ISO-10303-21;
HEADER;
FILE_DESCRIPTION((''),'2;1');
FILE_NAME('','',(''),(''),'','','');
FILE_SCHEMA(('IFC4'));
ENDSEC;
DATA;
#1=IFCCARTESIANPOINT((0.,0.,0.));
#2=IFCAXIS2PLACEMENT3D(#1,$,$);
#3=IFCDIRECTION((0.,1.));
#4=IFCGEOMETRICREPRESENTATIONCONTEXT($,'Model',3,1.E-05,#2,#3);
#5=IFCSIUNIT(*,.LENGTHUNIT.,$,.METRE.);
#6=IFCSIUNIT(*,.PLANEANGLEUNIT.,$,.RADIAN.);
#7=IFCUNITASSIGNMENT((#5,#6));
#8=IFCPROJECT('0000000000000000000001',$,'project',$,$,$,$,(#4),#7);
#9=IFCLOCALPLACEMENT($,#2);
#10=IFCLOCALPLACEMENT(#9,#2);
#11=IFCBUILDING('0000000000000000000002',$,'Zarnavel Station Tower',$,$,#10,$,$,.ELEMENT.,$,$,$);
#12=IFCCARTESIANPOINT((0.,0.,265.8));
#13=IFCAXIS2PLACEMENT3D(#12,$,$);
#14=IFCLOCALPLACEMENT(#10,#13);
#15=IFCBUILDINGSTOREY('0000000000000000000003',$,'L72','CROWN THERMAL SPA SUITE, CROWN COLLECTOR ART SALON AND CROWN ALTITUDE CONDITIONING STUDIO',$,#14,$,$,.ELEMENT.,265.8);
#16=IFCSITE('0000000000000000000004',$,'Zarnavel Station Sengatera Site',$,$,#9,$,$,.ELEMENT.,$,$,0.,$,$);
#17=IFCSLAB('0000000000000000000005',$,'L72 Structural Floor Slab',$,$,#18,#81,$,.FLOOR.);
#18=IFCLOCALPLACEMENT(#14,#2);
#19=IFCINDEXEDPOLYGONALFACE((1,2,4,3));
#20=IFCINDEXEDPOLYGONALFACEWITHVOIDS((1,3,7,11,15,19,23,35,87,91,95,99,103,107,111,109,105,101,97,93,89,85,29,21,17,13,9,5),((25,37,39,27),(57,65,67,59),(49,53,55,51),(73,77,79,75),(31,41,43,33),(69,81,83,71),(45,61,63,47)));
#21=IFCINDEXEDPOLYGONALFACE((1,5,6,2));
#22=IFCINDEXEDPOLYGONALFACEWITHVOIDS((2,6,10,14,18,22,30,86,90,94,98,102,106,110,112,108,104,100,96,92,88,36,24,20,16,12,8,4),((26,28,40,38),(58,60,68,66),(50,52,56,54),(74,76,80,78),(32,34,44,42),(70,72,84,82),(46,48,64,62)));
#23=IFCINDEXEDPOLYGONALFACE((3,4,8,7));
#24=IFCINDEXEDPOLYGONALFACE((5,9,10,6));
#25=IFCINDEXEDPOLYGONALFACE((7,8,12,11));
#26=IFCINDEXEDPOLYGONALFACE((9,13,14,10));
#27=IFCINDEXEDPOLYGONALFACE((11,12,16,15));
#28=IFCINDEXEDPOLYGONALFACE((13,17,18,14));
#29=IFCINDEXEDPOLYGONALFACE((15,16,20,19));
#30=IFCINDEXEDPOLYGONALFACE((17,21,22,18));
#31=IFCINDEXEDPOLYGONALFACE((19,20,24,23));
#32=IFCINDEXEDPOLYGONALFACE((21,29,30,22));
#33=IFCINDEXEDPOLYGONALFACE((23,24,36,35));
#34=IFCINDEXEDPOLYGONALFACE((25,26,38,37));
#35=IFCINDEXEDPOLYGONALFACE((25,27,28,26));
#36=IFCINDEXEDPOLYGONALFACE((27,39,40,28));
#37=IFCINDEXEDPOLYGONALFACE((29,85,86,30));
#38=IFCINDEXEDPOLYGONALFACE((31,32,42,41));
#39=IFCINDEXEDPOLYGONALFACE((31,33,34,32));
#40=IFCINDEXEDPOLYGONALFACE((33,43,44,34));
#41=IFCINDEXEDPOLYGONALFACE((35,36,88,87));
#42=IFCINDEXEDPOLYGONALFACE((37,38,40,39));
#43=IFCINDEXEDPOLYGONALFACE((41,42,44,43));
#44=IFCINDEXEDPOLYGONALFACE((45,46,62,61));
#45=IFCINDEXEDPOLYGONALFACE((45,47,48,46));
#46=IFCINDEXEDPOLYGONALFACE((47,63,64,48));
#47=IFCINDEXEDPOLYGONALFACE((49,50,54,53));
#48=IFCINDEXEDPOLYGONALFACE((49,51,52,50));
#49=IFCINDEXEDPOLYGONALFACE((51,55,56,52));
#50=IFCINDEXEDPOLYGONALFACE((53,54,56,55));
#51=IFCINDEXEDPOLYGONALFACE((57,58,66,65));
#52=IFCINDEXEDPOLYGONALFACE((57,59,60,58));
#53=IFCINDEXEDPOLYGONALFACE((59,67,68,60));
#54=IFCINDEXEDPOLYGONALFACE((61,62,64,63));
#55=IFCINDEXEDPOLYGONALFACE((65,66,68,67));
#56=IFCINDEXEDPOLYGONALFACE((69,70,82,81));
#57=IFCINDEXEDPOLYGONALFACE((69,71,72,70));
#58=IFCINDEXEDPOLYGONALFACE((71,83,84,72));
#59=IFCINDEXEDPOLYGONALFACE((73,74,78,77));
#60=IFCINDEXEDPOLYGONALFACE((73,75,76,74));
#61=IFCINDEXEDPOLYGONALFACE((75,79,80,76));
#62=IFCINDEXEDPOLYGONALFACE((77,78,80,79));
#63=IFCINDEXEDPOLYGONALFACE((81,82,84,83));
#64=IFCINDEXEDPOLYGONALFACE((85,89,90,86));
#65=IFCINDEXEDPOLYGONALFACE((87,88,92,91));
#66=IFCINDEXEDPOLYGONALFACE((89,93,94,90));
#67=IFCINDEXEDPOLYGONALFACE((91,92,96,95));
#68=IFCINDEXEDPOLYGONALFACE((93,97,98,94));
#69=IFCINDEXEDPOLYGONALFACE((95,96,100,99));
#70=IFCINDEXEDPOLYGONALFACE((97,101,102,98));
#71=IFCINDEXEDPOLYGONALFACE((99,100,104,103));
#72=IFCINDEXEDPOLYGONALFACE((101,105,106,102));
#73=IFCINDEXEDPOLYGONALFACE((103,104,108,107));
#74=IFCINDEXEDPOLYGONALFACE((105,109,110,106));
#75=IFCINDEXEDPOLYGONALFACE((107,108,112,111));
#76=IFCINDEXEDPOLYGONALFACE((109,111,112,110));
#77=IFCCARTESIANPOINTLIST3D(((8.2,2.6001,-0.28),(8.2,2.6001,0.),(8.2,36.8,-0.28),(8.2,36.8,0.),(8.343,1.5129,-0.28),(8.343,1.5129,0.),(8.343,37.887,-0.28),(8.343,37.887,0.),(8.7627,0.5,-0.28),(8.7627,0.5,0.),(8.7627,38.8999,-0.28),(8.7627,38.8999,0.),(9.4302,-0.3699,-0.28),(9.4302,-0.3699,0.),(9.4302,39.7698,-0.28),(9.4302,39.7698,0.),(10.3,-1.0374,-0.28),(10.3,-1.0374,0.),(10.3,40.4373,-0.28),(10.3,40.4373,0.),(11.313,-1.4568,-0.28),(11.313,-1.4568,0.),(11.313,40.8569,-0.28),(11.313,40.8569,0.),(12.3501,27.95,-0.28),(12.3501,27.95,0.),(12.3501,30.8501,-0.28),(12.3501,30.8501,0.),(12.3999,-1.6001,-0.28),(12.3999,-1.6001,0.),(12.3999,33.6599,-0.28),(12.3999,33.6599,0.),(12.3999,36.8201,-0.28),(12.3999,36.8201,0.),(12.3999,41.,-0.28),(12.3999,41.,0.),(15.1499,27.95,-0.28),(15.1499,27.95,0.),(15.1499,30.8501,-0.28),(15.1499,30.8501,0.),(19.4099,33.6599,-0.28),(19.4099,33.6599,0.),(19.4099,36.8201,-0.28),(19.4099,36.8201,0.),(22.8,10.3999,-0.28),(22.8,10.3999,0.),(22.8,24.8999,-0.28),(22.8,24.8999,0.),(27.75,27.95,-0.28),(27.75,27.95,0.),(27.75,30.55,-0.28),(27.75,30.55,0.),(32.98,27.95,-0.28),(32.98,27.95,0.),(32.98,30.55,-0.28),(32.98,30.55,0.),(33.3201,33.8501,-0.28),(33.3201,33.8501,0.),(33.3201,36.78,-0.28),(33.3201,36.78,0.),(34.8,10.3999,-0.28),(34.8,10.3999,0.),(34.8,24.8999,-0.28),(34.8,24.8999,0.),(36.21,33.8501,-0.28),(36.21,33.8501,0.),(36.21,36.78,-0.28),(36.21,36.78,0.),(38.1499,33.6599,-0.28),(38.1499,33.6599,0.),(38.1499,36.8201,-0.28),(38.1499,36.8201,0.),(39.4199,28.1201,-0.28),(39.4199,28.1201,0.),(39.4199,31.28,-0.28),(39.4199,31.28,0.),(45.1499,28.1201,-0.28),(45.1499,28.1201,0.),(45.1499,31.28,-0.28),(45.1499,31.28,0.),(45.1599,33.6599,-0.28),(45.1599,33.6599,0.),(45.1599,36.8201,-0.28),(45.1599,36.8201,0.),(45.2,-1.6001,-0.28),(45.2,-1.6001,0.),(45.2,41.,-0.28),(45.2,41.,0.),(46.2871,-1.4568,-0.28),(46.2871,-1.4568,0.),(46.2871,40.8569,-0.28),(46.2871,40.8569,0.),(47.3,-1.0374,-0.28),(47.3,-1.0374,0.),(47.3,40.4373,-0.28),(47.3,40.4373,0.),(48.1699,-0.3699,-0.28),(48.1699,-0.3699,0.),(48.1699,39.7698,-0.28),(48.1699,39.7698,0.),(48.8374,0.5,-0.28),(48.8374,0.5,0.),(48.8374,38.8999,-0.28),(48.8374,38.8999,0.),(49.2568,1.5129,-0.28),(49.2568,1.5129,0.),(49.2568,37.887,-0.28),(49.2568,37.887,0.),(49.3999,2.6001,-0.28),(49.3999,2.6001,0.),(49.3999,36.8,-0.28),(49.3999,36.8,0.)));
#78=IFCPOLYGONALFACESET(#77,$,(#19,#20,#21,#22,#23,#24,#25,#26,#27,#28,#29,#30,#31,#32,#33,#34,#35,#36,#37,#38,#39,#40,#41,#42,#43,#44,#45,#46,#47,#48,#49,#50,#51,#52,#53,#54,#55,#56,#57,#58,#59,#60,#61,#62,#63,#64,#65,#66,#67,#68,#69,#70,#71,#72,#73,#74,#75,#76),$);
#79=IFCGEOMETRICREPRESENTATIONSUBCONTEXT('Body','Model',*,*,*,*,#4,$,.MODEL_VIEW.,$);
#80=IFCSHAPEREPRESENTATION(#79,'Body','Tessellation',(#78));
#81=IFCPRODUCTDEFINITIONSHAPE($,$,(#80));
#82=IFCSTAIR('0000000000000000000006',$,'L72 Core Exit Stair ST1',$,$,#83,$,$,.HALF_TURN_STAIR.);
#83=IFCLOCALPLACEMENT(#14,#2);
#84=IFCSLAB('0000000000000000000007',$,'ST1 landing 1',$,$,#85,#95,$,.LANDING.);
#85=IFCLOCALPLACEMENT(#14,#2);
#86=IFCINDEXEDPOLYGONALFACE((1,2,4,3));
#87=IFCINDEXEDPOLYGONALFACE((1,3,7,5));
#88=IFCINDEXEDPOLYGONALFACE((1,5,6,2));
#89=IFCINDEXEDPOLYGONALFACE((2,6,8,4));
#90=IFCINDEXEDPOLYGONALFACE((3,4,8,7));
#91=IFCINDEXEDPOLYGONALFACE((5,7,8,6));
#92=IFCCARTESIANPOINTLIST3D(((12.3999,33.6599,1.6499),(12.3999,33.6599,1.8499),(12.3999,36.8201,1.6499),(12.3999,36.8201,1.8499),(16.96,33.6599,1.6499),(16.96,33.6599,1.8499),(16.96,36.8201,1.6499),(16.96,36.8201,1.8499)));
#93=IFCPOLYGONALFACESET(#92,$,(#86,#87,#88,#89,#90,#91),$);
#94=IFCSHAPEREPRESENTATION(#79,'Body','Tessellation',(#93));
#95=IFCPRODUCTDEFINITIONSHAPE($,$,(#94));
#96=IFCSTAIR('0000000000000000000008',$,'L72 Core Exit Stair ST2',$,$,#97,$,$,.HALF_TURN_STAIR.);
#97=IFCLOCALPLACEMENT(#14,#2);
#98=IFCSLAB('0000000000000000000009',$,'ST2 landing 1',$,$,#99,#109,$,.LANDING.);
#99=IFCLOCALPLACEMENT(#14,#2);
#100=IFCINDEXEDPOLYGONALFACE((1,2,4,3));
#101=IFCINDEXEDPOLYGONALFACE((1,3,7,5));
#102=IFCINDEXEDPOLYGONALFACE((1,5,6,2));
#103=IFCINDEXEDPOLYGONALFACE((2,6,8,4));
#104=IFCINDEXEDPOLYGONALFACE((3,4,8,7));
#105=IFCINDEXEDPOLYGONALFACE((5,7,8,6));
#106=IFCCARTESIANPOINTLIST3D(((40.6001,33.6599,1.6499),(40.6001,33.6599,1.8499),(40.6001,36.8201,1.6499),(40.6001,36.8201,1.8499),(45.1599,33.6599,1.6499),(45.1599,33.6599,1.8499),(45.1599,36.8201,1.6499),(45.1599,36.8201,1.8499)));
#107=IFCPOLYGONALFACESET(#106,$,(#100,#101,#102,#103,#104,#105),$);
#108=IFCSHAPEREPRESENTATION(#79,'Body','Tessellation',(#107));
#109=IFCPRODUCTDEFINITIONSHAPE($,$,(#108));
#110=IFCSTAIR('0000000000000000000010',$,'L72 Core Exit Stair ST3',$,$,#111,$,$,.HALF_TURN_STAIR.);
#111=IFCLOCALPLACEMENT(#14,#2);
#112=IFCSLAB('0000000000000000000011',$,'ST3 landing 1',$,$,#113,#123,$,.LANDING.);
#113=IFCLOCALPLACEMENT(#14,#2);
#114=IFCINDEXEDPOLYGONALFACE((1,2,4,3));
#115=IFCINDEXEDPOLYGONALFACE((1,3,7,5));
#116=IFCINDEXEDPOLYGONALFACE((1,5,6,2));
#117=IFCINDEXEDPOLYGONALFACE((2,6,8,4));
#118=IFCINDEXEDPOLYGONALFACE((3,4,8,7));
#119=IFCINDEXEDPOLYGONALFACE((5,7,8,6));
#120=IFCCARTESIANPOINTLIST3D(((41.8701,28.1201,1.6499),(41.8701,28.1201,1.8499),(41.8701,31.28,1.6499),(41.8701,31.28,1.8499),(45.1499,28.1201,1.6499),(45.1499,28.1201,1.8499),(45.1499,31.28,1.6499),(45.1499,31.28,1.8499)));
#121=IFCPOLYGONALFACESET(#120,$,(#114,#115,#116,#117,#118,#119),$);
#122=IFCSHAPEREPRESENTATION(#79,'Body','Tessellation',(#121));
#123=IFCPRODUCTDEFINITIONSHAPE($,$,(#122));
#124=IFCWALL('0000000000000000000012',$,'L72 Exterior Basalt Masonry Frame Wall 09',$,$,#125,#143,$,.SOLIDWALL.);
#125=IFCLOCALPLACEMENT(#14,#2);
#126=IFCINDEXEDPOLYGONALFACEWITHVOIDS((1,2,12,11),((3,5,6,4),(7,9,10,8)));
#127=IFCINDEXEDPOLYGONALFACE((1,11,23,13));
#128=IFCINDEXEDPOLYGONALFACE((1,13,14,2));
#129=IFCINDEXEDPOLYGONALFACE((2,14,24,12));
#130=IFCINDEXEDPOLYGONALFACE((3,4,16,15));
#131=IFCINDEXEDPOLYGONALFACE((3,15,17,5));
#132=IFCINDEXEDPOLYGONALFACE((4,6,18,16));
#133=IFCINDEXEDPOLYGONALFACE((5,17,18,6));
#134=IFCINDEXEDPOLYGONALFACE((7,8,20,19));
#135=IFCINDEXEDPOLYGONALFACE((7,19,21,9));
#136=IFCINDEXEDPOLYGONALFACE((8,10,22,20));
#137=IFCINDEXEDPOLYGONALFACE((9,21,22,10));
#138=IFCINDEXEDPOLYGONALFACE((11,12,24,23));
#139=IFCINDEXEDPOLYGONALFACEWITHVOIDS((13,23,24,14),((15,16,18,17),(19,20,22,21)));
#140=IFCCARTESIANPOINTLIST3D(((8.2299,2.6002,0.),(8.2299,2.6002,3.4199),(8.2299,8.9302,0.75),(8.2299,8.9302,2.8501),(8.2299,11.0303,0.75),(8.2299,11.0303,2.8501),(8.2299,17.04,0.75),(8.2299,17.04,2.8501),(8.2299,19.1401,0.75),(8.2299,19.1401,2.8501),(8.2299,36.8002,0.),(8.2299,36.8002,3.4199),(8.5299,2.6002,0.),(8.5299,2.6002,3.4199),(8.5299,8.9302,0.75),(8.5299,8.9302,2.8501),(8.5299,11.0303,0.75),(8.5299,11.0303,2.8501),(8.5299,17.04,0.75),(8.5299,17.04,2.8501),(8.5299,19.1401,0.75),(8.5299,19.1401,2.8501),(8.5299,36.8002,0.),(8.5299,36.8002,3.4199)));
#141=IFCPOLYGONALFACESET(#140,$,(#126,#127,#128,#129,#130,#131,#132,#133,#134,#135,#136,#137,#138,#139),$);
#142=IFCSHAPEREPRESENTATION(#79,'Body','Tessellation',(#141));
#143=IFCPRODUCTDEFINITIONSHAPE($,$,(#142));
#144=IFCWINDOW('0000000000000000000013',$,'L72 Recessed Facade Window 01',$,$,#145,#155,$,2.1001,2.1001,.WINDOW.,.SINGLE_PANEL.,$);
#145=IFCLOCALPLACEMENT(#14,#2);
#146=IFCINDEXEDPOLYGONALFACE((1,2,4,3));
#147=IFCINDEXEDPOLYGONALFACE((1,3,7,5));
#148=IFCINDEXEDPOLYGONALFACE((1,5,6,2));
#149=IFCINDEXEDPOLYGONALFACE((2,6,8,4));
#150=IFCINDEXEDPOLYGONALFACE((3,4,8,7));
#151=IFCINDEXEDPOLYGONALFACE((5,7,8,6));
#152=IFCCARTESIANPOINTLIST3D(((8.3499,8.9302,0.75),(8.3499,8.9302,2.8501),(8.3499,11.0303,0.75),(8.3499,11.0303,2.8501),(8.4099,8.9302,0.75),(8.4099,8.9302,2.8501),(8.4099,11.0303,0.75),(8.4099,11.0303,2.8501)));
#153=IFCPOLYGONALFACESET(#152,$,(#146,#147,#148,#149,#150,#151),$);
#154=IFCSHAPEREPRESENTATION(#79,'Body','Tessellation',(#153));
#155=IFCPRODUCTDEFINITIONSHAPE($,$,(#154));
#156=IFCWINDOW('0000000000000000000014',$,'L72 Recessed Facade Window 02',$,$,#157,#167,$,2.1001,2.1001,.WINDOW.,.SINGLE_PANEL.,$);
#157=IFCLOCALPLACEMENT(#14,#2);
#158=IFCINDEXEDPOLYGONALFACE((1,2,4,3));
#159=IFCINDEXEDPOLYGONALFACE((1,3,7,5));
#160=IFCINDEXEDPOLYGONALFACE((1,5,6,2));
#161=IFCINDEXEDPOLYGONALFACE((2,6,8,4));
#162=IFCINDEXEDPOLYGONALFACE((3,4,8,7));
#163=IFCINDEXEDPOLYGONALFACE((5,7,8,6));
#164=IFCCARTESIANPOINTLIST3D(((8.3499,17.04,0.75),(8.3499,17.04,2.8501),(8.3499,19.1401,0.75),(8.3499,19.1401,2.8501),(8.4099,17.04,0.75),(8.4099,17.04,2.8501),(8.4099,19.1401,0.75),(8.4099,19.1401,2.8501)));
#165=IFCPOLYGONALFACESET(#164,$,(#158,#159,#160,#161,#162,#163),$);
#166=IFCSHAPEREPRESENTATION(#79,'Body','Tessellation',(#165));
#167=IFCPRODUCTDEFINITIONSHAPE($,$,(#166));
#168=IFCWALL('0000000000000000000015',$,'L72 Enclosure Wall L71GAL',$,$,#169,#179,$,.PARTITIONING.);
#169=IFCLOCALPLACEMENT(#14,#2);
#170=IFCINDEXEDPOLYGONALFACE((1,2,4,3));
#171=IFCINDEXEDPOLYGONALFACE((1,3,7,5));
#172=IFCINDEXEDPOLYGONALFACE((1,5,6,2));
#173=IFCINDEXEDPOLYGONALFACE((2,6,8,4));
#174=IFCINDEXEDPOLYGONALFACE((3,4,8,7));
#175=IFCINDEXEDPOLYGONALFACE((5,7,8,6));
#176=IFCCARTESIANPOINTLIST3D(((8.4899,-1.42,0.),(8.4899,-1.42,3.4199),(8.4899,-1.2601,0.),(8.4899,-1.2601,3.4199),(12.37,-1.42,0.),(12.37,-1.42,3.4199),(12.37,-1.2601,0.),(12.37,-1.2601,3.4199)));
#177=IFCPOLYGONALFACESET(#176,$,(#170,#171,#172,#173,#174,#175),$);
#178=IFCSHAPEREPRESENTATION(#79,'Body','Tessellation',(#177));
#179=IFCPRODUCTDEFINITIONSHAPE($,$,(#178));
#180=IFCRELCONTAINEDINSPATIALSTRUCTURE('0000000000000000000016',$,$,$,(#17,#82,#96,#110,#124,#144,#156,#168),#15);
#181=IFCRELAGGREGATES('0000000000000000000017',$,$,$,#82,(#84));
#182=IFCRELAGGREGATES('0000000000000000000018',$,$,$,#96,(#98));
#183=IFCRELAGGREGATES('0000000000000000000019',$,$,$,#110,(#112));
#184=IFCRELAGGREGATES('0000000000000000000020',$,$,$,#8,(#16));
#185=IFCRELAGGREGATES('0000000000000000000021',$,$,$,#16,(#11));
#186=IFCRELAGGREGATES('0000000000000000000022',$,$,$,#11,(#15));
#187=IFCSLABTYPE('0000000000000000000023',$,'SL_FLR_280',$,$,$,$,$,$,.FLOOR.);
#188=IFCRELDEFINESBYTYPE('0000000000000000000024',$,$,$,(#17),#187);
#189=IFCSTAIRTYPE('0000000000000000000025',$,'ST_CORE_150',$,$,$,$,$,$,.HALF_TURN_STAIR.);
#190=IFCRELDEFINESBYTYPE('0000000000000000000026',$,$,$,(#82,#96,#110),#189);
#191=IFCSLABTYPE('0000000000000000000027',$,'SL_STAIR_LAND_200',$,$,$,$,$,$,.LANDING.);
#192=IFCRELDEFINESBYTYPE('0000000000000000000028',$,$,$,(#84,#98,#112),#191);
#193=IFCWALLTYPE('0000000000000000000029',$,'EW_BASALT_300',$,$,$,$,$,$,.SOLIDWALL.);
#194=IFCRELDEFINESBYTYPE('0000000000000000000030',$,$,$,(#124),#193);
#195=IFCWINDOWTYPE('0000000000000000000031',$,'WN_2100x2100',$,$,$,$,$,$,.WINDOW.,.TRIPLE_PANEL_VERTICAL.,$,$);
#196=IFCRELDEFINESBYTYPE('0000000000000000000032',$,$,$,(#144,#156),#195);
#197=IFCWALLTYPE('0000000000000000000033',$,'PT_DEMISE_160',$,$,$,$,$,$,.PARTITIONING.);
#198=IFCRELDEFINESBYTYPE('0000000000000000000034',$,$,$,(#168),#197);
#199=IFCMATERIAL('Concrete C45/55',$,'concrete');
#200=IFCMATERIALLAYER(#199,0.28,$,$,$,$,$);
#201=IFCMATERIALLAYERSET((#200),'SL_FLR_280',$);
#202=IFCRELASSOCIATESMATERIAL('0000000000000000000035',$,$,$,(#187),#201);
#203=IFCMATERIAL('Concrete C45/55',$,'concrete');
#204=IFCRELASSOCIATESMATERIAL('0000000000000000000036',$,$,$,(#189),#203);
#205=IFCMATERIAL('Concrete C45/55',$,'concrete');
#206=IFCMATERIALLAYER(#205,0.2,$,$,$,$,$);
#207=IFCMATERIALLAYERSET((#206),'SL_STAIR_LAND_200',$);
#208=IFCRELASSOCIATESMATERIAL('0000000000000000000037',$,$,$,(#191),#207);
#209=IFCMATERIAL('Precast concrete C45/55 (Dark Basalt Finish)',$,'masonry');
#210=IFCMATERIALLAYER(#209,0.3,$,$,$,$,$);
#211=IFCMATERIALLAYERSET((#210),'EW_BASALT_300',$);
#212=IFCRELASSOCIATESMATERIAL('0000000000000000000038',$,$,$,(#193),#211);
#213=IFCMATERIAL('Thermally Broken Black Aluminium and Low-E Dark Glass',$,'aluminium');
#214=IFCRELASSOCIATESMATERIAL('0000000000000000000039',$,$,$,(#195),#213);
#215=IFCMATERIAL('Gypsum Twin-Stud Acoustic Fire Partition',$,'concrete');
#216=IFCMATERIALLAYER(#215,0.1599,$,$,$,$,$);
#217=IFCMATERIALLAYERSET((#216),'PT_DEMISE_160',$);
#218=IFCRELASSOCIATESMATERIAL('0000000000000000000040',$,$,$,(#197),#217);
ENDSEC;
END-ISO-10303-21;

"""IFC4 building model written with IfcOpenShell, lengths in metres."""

from ifc_helpers import new_model, si_unit, direction, frame, frame_2d, origin, place, context, subcontext, project, spatial, polyline, rectangle, outline, extrude, material, layer, layer_set, type_object, element, fill, aggregate, save


model = new_model("IFC4")

# Units and contexts
model_context = context("Model", 3, precision=1e-05, world=origin(), true_north=direction((0.0, 1.0)))
body_context = subcontext(model_context, "Body", "Model", "MODEL_VIEW")
ifc_project = project(units=[si_unit("LENGTHUNIT", "METRE"), si_unit("PLANEANGLEUNIT", "RADIAN")], contexts=[model_context])

# Site, building, storey
site_placement = place(None, origin())
site = spatial("IfcSite", under=ifc_project, at=site_placement, Name="Zarnavel Station Sengatera Site", CompositionType="ELEMENT", RefElevation=0.0)
building_placement = place(site_placement, origin())
building = spatial("IfcBuilding", under=site, at=building_placement, Name="Zarnavel Station Tower", CompositionType="ELEMENT")
storey_placement = place(building_placement, frame((0.0, 0.0, 265.8)))
storey = spatial("IfcBuildingStorey", under=building, at=storey_placement, Name="L72", Description="CROWN THERMAL SPA SUITE, CROWN COLLECTOR ART SALON AND CROWN ALTITUDE CONDITIONING STUDIO", CompositionType="ELEMENT", Elevation=265.8)

# Slab
ifc_material_1 = material(Name="Concrete C45/55", Category="concrete")
ifc_layer_1 = layer(ifc_material_1, 0.28)
ifc_layer_set_1 = layer_set([ifc_layer_1], Name="SL_FLR_280")
slab_type_1 = type_object("IfcSlabType", Name="SL_FLR_280", PredefinedType="FLOOR", material=ifc_layer_set_1)
slab_1_placement = place(storey_placement, frame((0.0, 0.0, -0.28)))
element("IfcSlab", 1, at=slab_1_placement, inside=storey, type_object=slab_type_1, Name="L72 Structural Floor Slab", PredefinedType="FLOOR", context=body_context, shape_type="SweptSolid", body=[
    extrude(outline(polyline([(45.2, -1.6001), (46.2871, -1.4568), (47.3, -1.0374), (48.1699, -0.3699), (48.8374, 0.5), (49.2568, 1.5129), (49.3999, 2.6001), (49.3999, 36.8), (49.2568, 37.887), (48.8374, 38.8999), (48.1699, 39.7698), (47.3, 40.4373), (46.2871, 40.8569), (45.2, 41.0), (12.3999, 41.0), (11.313, 40.8569), (10.3, 40.4373), (9.4302, 39.7698), (8.7627, 38.8999), (8.343, 37.887), (8.2, 36.8), (8.2, 2.6001), (8.343, 1.5129), (8.7627, 0.5), (9.4302, -0.3699), (10.3, -1.0374), (11.313, -1.4568), (12.3999, -1.6001), (45.2, -1.6001)]), holes=[polyline([(12.3999, 33.6599), (19.4099, 33.6599), (19.4099, 36.8201), (12.3999, 36.8201), (12.3999, 33.6599)]), polyline([(38.1499, 33.6599), (45.1599, 33.6599), (45.1599, 36.8201), (38.1499, 36.8201), (38.1499, 33.6599)]), polyline([(39.4199, 28.1201), (45.1499, 28.1201), (45.1499, 31.28), (39.4199, 31.28), (39.4199, 28.1201)]), polyline([(12.3501, 27.95), (15.1499, 27.95), (15.1499, 30.8501), (12.3501, 30.8501), (12.3501, 27.95)]), polyline([(33.3201, 33.8501), (36.21, 33.8501), (36.21, 36.78), (33.3201, 36.78), (33.3201, 33.8501)]), polyline([(27.75, 27.95), (32.98, 27.95), (32.98, 30.55), (27.75, 30.55), (27.75, 27.95)]), polyline([(22.8, 10.3999), (34.8, 10.3999), (34.8, 24.8999), (22.8, 24.8999), (22.8, 10.3999)])]), origin(), (0.0, 0.0, 1.0), 0.28),
])

# Stairs, slabs
ifc_material_2 = material(Name="Concrete C45/55", Category="concrete")
stair_type = type_object("IfcStairType", Name="ST_CORE_150", PredefinedType="HALF_TURN_STAIR", material=ifc_material_2)
stair_1_placement = place(storey_placement, origin())
stair_1 = element("IfcStair", 2, at=stair_1_placement, inside=storey, type_object=stair_type, Name="L72 Core Exit Stair ST1", PredefinedType="HALF_TURN_STAIR")
ifc_material_3 = material(Name="Concrete C45/55", Category="concrete")
ifc_layer_2 = layer(ifc_material_3, 0.2)
ifc_layer_set_2 = layer_set([ifc_layer_2], Name="SL_STAIR_LAND_200")
slab_type_2 = type_object("IfcSlabType", Name="SL_STAIR_LAND_200", PredefinedType="LANDING", material=ifc_layer_set_2)
slab_2_placement = place(storey_placement, frame((0.0, 0.0, 1.6499)))
slab_2 = element("IfcSlab", 3, at=slab_2_placement, type_object=slab_type_2, Name="ST1 landing 1", PredefinedType="LANDING", context=body_context, shape_type="SweptSolid", body=[
    extrude(outline(polyline([(16.96, 36.8201), (12.3999, 36.8201), (12.3999, 33.6599), (16.96, 33.6599), (16.96, 36.8201)])), origin(), (0.0, 0.0, 1.0), 0.2),
])
aggregate(stair_1, [slab_2])
stair_2_placement = place(storey_placement, origin())
stair_2 = element("IfcStair", 4, at=stair_2_placement, inside=storey, type_object=stair_type, Name="L72 Core Exit Stair ST2", PredefinedType="HALF_TURN_STAIR")
slab_3_placement = place(storey_placement, frame((0.0, 0.0, 1.6499)))
slab_3 = element("IfcSlab", 5, at=slab_3_placement, type_object=slab_type_2, Name="ST2 landing 1", PredefinedType="LANDING", context=body_context, shape_type="SweptSolid", body=[
    extrude(outline(polyline([(40.6001, 33.6599), (45.1599, 33.6599), (45.1599, 36.8201), (40.6001, 36.8201), (40.6001, 33.6599)])), origin(), (0.0, 0.0, 1.0), 0.2),
])
aggregate(stair_2, [slab_3])
stair_3_placement = place(storey_placement, origin())
stair_3 = element("IfcStair", 6, at=stair_3_placement, inside=storey, type_object=stair_type, Name="L72 Core Exit Stair ST3", PredefinedType="HALF_TURN_STAIR")
slab_4_placement = place(storey_placement, frame((0.0, 0.0, 1.6499)))
slab_4 = element("IfcSlab", 7, at=slab_4_placement, type_object=slab_type_2, Name="ST3 landing 1", PredefinedType="LANDING", context=body_context, shape_type="SweptSolid", body=[
    extrude(outline(polyline([(41.8701, 28.1201), (45.1499, 28.1201), (45.1499, 31.28), (41.8701, 31.28), (41.8701, 28.1201)])), origin(), (0.0, 0.0, 1.0), 0.2),
])
aggregate(stair_3, [slab_4])

# Wall, openings, windows
ifc_material_4 = material(Name="Precast concrete C45/55 (Dark Basalt Finish)", Category="masonry")
ifc_layer_3 = layer(ifc_material_4, 0.3)
ifc_layer_set_3 = layer_set([ifc_layer_3], Name="EW_BASALT_300")
wall_type_1 = type_object("IfcWallType", Name="EW_BASALT_300", PredefinedType="SOLIDWALL", material=ifc_layer_set_3)
wall_placement = place(storey_placement, frame((8.3799, 2.6001, 0.0), z_axis=(0.0, 0.0, 1.0), x_axis=(0.0, 1.0, 0.0)))
wall = element("IfcWall", 8, at=wall_placement, inside=storey, type_object=wall_type_1, Name="L72 Exterior Basalt Masonry Frame Wall 09", PredefinedType="SOLIDWALL", context=body_context, shape_type="SweptSolid", body=[
    extrude(rectangle(XDim=34.2, YDim=0.3, at=frame_2d((17.1001, 0.0))), origin(), (0.0, 0.0, 1.0), 3.4199),
])
opening_1_placement = place(wall_placement, frame((6.3301, 0.0, 0.75)))
opening_1 = element("IfcOpeningElement", 9, at=opening_1_placement, cuts=wall, PredefinedType="OPENING", context=body_context, shape_type="SweptSolid", body=[
    extrude(rectangle(XDim=2.1001, YDim=2.1001, at=frame_2d((1.05, 1.05))), frame((0.0, 0.1599, 0.0), z_axis=(0.0, -1.0, 0.0), x_axis=(1.0, 0.0, 0.0)), (0.0, 0.0, 1.0), 0.3201),
])
opening_2_placement = place(wall_placement, frame((14.4399, 0.0, 0.75)))
opening_2 = element("IfcOpeningElement", 10, at=opening_2_placement, cuts=wall, PredefinedType="OPENING", context=body_context, shape_type="SweptSolid", body=[
    extrude(rectangle(XDim=2.1001, YDim=2.1001, at=frame_2d((1.05, 1.05))), frame((0.0, 0.1599, 0.0), z_axis=(0.0, -1.0, 0.0), x_axis=(1.0, 0.0, 0.0)), (0.0, 0.0, 1.0), 0.3201),
])
ifc_material_5 = material(Name="Thermally Broken Black Aluminium and Low-E Dark Glass", Category="aluminium")
window_type = type_object("IfcWindowType", Name="WN_2100x2100", PartitioningType="TRIPLE_PANEL_VERTICAL", PredefinedType="WINDOW", material=ifc_material_5)
window_1_placement = place(opening_1_placement, origin())
window_1 = element("IfcWindow", 11, at=window_1_placement, inside=storey, type_object=window_type, Name="L72 Recessed Facade Window 01", OverallHeight=2.1001, OverallWidth=2.1001, PartitioningType="SINGLE_PANEL", PredefinedType="WINDOW", context=body_context, shape_type="SweptSolid", body=[
    extrude(rectangle(XDim=2.1001, YDim=2.1001, at=frame_2d((1.05, 1.05))), frame((0.0, 0.03, 0.0), z_axis=(0.0, -1.0, 0.0), x_axis=(1.0, 0.0, 0.0)), (0.0, 0.0, 1.0), 0.0601),
])
fill(opening_1, window_1)
window_2_placement = place(opening_2_placement, origin())
window_2 = element("IfcWindow", 12, at=window_2_placement, inside=storey, type_object=window_type, Name="L72 Recessed Facade Window 02", OverallHeight=2.1001, OverallWidth=2.1001, PartitioningType="SINGLE_PANEL", PredefinedType="WINDOW", context=body_context, shape_type="SweptSolid", body=[
    extrude(rectangle(XDim=2.1001, YDim=2.1001, at=frame_2d((1.05, 1.05))), frame((0.0, 0.03, 0.0), z_axis=(0.0, -1.0, 0.0), x_axis=(1.0, 0.0, 0.0)), (0.0, 0.0, 1.0), 0.0601),
])
fill(opening_2, window_2)

# Wall
ifc_material_6 = material(Name="Gypsum Twin-Stud Acoustic Fire Partition", Category="concrete")
ifc_layer_4 = layer(ifc_material_6, 0.1599)
ifc_layer_set_4 = layer_set([ifc_layer_4], Name="PT_DEMISE_160")
wall_type_2 = type_object("IfcWallType", Name="PT_DEMISE_160", PredefinedType="PARTITIONING", material=ifc_layer_set_4)
for number, where, z_axis, x_axis, name in (
    (13, (8.49, -1.3401, 0.0), (0.0, 0.0, 1.0), (1.0, 0.0, 0.0), "L72 Enclosure Wall L71GAL"),
):
    element("IfcWall", number, at=place(storey_placement, frame(where, z_axis=z_axis, x_axis=x_axis)), inside=storey, type_object=wall_type_2, Name=name, PredefinedType="PARTITIONING", context=body_context, shape_type="SweptSolid", body=[
        extrude(rectangle(XDim=3.8801, YDim=0.1599, at=frame_2d((1.9399, 0.0))), origin(), (0.0, 0.0, 1.0), 3.4199),
    ])

save(model, "model.ifc")
